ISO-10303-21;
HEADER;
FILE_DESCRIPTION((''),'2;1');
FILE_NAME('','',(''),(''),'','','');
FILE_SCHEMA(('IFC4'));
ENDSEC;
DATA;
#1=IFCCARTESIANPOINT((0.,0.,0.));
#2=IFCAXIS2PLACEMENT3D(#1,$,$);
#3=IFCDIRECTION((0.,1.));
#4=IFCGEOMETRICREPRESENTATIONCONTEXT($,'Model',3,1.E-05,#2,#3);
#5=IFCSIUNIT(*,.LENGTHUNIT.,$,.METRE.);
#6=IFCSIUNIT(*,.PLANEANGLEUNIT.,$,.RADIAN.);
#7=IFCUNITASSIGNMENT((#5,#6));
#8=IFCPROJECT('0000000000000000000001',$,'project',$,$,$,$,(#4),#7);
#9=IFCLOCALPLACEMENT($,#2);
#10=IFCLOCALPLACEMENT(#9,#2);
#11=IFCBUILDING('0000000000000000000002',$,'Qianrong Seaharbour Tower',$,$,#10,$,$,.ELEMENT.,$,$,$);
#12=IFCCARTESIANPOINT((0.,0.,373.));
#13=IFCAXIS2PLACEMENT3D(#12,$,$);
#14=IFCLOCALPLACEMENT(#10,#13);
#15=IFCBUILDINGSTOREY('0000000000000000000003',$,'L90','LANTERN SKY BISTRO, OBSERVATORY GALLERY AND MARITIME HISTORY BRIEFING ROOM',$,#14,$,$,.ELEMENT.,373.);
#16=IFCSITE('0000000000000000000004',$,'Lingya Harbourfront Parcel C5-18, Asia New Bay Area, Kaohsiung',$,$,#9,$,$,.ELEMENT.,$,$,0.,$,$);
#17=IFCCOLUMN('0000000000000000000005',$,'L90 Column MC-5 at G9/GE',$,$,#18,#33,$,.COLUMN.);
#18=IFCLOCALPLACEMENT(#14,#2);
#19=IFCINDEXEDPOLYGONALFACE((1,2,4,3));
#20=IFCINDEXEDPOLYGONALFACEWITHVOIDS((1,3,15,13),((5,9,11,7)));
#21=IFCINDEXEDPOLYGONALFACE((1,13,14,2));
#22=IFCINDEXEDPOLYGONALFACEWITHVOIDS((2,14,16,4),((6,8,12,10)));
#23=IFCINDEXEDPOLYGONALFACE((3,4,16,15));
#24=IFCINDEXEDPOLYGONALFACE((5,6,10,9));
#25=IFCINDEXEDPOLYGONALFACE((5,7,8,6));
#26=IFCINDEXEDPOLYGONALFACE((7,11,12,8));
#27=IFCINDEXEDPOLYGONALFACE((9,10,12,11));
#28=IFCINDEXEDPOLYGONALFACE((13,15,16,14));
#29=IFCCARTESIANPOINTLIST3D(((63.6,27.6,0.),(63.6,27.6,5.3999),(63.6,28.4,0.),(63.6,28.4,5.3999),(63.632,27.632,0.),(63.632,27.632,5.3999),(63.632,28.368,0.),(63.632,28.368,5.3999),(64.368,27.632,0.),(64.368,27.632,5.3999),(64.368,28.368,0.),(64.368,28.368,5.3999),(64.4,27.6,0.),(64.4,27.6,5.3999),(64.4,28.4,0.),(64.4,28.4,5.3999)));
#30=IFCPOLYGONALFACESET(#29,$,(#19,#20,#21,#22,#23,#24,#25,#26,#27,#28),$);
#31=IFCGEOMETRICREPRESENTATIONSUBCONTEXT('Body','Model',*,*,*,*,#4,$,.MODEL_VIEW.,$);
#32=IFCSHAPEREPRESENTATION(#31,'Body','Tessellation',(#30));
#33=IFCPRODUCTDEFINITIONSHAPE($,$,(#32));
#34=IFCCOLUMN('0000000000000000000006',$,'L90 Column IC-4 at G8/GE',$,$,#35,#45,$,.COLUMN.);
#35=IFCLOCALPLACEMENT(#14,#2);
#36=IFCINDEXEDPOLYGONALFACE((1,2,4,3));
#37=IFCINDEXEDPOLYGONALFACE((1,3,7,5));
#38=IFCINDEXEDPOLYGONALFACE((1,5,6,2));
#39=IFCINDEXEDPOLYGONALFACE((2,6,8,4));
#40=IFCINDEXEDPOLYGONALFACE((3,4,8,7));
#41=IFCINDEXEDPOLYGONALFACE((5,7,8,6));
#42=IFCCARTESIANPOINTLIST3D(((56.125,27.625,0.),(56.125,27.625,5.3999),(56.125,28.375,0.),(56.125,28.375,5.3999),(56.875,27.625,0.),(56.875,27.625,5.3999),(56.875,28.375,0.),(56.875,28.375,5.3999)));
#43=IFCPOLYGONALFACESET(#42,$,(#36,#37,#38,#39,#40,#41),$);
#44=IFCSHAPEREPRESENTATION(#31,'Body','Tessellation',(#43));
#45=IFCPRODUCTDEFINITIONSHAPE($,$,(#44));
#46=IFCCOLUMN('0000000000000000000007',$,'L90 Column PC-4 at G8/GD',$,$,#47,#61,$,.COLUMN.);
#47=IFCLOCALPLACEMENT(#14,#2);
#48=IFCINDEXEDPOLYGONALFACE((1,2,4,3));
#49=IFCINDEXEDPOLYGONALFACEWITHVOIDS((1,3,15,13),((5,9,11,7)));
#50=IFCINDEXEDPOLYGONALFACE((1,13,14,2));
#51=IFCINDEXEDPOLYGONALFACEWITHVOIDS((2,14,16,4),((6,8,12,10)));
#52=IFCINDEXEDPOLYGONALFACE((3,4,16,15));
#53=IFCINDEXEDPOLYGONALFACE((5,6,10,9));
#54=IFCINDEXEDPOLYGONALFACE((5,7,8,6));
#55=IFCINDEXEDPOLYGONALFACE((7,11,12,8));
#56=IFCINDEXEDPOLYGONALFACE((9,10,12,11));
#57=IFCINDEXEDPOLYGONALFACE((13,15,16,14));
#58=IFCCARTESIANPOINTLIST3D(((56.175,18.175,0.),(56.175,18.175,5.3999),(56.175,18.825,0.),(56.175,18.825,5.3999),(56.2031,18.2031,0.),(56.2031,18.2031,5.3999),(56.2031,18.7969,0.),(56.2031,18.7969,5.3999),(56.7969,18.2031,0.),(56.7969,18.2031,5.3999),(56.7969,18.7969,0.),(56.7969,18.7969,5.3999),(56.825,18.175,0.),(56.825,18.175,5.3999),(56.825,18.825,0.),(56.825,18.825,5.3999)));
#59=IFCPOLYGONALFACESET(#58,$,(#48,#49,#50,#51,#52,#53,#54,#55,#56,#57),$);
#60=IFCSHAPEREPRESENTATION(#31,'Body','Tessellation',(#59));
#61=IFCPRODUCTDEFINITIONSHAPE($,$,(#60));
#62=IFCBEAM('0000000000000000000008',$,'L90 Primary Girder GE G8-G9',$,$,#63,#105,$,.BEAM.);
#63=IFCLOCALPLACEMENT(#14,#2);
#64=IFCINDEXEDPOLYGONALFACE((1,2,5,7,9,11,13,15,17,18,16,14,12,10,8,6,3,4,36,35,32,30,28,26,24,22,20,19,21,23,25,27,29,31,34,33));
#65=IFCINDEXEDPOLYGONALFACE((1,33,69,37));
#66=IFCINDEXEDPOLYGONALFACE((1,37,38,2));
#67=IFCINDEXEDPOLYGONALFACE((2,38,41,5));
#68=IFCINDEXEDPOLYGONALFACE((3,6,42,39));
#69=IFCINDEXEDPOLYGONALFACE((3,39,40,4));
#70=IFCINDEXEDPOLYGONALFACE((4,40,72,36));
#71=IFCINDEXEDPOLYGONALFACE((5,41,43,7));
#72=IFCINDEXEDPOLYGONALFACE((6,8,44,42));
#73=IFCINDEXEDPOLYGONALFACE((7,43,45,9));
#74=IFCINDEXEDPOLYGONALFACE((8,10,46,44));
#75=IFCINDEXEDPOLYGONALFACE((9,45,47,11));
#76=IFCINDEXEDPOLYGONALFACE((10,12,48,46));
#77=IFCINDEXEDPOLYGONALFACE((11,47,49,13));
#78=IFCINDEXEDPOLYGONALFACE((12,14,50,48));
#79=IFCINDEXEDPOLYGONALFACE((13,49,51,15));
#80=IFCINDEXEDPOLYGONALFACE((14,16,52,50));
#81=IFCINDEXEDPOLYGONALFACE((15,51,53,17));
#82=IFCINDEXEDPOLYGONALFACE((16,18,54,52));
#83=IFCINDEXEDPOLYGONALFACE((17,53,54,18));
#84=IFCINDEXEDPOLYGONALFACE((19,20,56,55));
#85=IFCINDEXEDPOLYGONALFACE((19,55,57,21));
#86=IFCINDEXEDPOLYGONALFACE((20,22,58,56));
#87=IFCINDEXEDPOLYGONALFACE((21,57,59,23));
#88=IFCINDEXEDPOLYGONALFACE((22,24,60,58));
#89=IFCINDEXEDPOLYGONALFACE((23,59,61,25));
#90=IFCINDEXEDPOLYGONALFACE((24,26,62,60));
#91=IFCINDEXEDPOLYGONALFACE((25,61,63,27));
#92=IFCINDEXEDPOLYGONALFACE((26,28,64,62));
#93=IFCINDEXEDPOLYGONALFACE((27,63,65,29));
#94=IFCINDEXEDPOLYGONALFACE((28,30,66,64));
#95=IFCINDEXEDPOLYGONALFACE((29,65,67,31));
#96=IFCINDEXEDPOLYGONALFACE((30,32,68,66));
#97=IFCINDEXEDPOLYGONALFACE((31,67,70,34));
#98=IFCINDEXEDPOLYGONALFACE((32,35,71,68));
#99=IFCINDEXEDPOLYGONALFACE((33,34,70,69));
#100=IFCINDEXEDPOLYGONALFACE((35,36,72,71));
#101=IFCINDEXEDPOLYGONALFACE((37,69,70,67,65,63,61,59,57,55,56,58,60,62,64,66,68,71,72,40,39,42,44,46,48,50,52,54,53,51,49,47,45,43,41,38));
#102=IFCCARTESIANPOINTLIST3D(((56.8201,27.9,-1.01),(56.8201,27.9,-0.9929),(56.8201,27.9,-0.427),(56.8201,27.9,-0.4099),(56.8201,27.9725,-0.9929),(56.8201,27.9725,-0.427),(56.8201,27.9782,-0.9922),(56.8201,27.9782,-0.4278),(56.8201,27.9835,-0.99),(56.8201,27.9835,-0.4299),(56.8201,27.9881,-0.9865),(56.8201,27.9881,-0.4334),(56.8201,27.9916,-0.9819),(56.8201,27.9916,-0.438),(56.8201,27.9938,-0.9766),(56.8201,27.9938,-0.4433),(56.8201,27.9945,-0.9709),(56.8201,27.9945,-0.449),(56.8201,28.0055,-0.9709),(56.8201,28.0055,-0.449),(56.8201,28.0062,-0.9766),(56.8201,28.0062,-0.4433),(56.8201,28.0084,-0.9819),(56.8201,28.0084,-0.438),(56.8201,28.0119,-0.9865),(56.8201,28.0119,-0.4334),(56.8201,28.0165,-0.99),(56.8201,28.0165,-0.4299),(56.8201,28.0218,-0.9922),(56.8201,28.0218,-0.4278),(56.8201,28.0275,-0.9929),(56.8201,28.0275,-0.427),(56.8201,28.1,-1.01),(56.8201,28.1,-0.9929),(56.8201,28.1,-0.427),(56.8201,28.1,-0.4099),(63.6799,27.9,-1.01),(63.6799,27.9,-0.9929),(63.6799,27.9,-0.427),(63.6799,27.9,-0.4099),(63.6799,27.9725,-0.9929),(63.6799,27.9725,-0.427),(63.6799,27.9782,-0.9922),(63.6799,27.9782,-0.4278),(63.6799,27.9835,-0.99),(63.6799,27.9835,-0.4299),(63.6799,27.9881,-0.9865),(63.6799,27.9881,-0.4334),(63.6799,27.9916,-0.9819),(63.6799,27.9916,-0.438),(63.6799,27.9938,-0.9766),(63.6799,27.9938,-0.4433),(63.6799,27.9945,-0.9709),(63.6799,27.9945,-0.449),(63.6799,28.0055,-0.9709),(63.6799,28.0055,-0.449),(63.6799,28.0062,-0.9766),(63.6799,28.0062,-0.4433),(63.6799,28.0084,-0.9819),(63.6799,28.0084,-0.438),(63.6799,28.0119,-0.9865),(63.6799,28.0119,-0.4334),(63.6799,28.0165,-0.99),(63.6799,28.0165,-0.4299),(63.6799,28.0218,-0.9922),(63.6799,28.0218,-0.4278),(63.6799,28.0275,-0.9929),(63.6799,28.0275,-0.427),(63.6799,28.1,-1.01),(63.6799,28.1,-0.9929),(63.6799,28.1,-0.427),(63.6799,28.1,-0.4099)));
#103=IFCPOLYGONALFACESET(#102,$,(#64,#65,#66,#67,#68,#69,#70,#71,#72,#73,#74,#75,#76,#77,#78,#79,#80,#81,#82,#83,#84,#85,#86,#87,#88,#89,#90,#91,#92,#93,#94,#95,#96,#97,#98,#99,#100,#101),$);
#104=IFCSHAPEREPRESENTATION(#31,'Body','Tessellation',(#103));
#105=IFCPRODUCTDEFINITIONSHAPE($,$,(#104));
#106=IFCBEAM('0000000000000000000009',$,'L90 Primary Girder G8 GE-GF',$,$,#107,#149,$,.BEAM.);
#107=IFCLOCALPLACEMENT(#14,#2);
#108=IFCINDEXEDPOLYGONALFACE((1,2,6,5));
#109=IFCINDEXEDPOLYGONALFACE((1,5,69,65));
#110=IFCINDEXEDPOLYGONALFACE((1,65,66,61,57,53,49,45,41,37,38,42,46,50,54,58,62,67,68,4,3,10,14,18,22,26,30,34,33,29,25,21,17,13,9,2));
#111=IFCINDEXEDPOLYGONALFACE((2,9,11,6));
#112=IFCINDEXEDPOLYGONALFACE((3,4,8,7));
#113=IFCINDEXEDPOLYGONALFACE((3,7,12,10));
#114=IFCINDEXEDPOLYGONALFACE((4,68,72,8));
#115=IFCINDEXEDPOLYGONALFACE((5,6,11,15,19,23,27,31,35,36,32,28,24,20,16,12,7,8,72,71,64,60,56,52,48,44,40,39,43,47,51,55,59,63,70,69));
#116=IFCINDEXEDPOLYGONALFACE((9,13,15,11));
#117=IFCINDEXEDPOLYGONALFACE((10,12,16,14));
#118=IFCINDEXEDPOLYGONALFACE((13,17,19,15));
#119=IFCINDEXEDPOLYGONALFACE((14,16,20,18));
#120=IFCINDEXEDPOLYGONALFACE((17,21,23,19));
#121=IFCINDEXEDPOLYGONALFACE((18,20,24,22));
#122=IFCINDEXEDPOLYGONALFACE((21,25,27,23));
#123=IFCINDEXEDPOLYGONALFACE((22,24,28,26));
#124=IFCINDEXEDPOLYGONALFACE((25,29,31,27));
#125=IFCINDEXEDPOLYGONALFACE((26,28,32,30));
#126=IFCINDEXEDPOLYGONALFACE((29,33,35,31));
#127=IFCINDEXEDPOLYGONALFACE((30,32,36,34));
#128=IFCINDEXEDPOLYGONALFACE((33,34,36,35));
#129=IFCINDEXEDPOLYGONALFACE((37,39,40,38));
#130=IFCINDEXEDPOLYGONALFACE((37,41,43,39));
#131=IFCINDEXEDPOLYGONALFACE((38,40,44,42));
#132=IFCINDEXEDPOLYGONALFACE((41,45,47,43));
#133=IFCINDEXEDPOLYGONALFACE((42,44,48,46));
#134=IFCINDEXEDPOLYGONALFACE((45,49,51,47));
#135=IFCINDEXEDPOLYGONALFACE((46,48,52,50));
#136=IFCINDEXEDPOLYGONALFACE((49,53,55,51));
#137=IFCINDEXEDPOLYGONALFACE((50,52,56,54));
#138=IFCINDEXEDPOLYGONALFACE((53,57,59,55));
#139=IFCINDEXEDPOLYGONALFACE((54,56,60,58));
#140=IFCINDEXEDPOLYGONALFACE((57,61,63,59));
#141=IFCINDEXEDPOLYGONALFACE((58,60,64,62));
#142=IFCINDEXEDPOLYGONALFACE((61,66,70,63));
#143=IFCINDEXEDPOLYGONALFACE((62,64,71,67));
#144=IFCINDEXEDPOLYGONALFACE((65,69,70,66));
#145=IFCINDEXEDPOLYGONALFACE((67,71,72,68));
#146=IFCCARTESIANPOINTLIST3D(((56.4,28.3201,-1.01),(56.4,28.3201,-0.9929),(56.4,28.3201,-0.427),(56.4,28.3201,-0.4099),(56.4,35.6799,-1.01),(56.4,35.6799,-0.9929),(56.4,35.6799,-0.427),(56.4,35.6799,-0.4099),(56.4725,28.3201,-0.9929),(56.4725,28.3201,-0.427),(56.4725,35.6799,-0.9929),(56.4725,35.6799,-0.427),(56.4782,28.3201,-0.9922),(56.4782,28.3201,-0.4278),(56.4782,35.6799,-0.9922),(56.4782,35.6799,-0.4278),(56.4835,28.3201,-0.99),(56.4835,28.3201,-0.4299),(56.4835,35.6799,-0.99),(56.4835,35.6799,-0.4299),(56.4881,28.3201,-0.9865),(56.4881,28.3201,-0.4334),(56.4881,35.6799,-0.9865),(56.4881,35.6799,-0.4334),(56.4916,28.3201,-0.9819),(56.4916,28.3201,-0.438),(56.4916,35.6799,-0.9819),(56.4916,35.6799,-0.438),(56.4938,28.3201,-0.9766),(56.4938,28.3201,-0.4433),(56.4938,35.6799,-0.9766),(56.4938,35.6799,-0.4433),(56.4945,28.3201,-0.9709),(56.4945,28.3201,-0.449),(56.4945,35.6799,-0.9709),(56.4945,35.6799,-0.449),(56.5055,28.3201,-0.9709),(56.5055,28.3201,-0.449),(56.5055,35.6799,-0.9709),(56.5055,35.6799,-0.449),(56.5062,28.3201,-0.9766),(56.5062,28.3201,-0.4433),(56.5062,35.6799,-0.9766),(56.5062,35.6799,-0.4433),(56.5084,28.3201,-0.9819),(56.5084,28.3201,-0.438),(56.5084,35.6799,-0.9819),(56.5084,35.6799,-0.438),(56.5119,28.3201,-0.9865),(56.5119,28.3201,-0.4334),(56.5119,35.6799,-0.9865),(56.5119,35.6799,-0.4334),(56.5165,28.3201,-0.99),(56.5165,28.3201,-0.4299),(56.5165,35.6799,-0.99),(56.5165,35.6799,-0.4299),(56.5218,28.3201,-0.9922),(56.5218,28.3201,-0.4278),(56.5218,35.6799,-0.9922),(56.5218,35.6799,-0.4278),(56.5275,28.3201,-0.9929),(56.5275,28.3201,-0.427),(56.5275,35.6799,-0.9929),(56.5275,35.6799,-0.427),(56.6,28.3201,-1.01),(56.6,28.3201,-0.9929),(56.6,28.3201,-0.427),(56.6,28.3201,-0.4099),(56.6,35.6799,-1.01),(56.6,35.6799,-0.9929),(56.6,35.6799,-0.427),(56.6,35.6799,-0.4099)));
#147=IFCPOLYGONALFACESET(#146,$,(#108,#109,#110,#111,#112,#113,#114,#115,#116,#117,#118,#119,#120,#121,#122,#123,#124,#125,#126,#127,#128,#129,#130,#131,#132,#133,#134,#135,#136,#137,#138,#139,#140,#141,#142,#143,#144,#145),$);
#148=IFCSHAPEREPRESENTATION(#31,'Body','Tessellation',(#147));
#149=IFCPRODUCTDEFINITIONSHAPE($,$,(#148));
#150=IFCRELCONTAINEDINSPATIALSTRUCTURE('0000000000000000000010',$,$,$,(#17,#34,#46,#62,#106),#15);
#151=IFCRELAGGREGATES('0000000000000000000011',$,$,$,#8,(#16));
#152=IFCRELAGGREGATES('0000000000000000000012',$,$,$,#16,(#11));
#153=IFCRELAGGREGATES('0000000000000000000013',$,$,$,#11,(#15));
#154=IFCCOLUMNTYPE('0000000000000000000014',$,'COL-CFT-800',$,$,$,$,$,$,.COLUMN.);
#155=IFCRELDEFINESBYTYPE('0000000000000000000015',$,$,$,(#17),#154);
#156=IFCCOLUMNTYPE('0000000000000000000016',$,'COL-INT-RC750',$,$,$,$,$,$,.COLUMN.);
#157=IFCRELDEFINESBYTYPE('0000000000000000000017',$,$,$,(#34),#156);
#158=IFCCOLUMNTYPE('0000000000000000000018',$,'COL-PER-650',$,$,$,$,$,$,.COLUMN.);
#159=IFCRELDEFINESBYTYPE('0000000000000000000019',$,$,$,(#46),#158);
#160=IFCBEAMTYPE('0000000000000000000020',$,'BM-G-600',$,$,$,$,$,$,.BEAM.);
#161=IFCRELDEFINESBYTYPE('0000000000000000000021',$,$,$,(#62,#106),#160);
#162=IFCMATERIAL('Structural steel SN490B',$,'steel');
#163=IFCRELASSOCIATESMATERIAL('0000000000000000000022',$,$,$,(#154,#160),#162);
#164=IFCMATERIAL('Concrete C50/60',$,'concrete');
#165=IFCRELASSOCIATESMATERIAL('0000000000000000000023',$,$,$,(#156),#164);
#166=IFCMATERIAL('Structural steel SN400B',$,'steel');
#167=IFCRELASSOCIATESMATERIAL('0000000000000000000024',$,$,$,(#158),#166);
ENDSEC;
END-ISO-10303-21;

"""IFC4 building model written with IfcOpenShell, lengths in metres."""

from ifc_helpers import new_model, si_unit, direction, frame, origin, origin_2d, place, context, subcontext, project, spatial, rectangle, hollow_rectangle, i_section, extrude, material, material_profile, profile_set, type_object, element, save


model = new_model("IFC4")

# Units and contexts
model_context = context("Model", 3, precision=1e-05, world=origin(), true_north=direction((0.0, 1.0)))
body_context = subcontext(model_context, "Body", "Model", "MODEL_VIEW")
ifc_project = project(units=[si_unit("LENGTHUNIT", "METRE"), si_unit("PLANEANGLEUNIT", "RADIAN")], contexts=[model_context])

# Site, building, storey
site_placement = place(None, origin())
site = spatial("IfcSite", under=ifc_project, at=site_placement, Name="Lingya Harbourfront Parcel C5-18, Asia New Bay Area, Kaohsiung", CompositionType="ELEMENT", RefElevation=0.0)
building_placement = place(site_placement, origin())
building = spatial("IfcBuilding", under=site, at=building_placement, Name="Qianrong Seaharbour Tower", CompositionType="ELEMENT")
storey_placement = place(building_placement, frame((0.0, 0.0, 373.0)))
storey = spatial("IfcBuildingStorey", under=building, at=storey_placement, Name="L90", Description="LANTERN SKY BISTRO, OBSERVATORY GALLERY AND MARITIME HISTORY BRIEFING ROOM", CompositionType="ELEMENT", Elevation=373.0)

# Columns
ifc_material_1 = material(Name="Structural steel SN490B", Category="steel")
ifc_material_profile_1 = material_profile(ifc_material_1, hollow_rectangle(XDim=0.8, YDim=0.8, WallThickness=0.032, at=origin_2d()), Name="BOX800x800x32")
ifc_profile_set_1 = profile_set([ifc_material_profile_1], Name="Structural steel SN490B")
column_type_1 = type_object("IfcColumnType", Name="COL-CFT-800", PredefinedType="COLUMN", material=ifc_profile_set_1)
column_1_placement = place(storey_placement, frame((64.0, 28.0, 0.0), z_axis=(0.0, 0.0, 1.0), x_axis=(1.0, 0.0, 0.0)))
element("IfcColumn", 1, at=column_1_placement, inside=storey, type_object=column_type_1, Name="L90 Column MC-5 at G9/GE", PredefinedType="COLUMN", context=body_context, shape_type="SweptSolid", body=[
    extrude(hollow_rectangle(XDim=0.8, YDim=0.8, WallThickness=0.032, at=origin_2d()), origin(), (0.0, 0.0, 1.0), 5.3999),
])
ifc_material_2 = material(Name="Concrete C50/60", Category="concrete")
ifc_material_profile_2 = material_profile(ifc_material_2, rectangle(XDim=0.75, YDim=0.75, at=origin_2d()), Name="RC750x750")
ifc_profile_set_2 = profile_set([ifc_material_profile_2], Name="Concrete C50/60")
column_type_2 = type_object("IfcColumnType", Name="COL-INT-RC750", PredefinedType="COLUMN", material=ifc_profile_set_2)
column_2_placement = place(storey_placement, frame((56.5, 28.0, 0.0), z_axis=(0.0, 0.0, 1.0), x_axis=(1.0, 0.0, 0.0)))
element("IfcColumn", 2, at=column_2_placement, inside=storey, type_object=column_type_2, Name="L90 Column IC-4 at G8/GE", PredefinedType="COLUMN", context=body_context, shape_type="SweptSolid", body=[
    extrude(rectangle(XDim=0.75, YDim=0.75, at=origin_2d()), origin(), (0.0, 0.0, 1.0), 5.3999),
])
ifc_material_3 = material(Name="Structural steel SN400B", Category="steel")
ifc_material_profile_3 = material_profile(ifc_material_3, hollow_rectangle(XDim=0.6499, YDim=0.6499, WallThickness=0.0281, at=origin_2d()), Name="BOX650x650x28")
ifc_profile_set_3 = profile_set([ifc_material_profile_3], Name="Structural steel SN400B")
column_type_3 = type_object("IfcColumnType", Name="COL-PER-650", PredefinedType="COLUMN", material=ifc_profile_set_3)
column_3_placement = place(storey_placement, frame((56.5, 18.5, 0.0), z_axis=(0.0, 0.0, 1.0), x_axis=(1.0, 0.0, 0.0)))
element("IfcColumn", 3, at=column_3_placement, inside=storey, type_object=column_type_3, Name="L90 Column PC-4 at G8/GD", PredefinedType="COLUMN", context=body_context, shape_type="SweptSolid", body=[
    extrude(hollow_rectangle(XDim=0.6499, YDim=0.6499, WallThickness=0.0281, at=origin_2d()), origin(), (0.0, 0.0, 1.0), 5.3999),
])

# Beams
ifc_material_profile_4 = material_profile(ifc_material_1, i_section(OverallWidth=0.2, OverallDepth=0.6001, WebThickness=0.011, FlangeThickness=0.0171, FilletRadius=0.022, at=origin_2d()), Name="H600x200x11x17")
ifc_profile_set_4 = profile_set([ifc_material_profile_4], Name="Structural steel SN490B")
beam_type_1 = type_object("IfcBeamType", Name="BM-G-600", PredefinedType="BEAM", material=ifc_profile_set_4)
beam_1_placement = place(storey_placement, frame((56.8201, 28.0, -0.71), z_axis=(1.0, 0.0, 0.0), x_axis=(0.0, 1.0, 0.0)))
element("IfcBeam", 4, at=beam_1_placement, inside=storey, type_object=beam_type_1, Name="L90 Primary Girder GE G8-G9", PredefinedType="BEAM", context=body_context, shape_type="SweptSolid", body=[
    extrude(i_section(OverallWidth=0.2, OverallDepth=0.6001, WebThickness=0.011, FlangeThickness=0.0171, FilletRadius=0.022, at=origin_2d()), origin(), (0.0, 0.0, 1.0), 6.8599),
])
beam_2_placement = place(storey_placement, frame((56.5, 28.3201, -0.71), z_axis=(0.0, 1.0, 0.0), x_axis=(-1.0, 0.0, 0.0)))
element("IfcBeam", 5, at=beam_2_placement, inside=storey, type_object=beam_type_1, Name="L90 Primary Girder G8 GE-GF", PredefinedType="BEAM", context=body_context, shape_type="SweptSolid", body=[
    extrude(i_section(OverallWidth=0.2, OverallDepth=0.6001, WebThickness=0.011, FlangeThickness=0.0171, FilletRadius=0.022, at=origin_2d()), origin(), (0.0, 0.0, 1.0), 7.3599),
])

save(model, "model.ifc")
